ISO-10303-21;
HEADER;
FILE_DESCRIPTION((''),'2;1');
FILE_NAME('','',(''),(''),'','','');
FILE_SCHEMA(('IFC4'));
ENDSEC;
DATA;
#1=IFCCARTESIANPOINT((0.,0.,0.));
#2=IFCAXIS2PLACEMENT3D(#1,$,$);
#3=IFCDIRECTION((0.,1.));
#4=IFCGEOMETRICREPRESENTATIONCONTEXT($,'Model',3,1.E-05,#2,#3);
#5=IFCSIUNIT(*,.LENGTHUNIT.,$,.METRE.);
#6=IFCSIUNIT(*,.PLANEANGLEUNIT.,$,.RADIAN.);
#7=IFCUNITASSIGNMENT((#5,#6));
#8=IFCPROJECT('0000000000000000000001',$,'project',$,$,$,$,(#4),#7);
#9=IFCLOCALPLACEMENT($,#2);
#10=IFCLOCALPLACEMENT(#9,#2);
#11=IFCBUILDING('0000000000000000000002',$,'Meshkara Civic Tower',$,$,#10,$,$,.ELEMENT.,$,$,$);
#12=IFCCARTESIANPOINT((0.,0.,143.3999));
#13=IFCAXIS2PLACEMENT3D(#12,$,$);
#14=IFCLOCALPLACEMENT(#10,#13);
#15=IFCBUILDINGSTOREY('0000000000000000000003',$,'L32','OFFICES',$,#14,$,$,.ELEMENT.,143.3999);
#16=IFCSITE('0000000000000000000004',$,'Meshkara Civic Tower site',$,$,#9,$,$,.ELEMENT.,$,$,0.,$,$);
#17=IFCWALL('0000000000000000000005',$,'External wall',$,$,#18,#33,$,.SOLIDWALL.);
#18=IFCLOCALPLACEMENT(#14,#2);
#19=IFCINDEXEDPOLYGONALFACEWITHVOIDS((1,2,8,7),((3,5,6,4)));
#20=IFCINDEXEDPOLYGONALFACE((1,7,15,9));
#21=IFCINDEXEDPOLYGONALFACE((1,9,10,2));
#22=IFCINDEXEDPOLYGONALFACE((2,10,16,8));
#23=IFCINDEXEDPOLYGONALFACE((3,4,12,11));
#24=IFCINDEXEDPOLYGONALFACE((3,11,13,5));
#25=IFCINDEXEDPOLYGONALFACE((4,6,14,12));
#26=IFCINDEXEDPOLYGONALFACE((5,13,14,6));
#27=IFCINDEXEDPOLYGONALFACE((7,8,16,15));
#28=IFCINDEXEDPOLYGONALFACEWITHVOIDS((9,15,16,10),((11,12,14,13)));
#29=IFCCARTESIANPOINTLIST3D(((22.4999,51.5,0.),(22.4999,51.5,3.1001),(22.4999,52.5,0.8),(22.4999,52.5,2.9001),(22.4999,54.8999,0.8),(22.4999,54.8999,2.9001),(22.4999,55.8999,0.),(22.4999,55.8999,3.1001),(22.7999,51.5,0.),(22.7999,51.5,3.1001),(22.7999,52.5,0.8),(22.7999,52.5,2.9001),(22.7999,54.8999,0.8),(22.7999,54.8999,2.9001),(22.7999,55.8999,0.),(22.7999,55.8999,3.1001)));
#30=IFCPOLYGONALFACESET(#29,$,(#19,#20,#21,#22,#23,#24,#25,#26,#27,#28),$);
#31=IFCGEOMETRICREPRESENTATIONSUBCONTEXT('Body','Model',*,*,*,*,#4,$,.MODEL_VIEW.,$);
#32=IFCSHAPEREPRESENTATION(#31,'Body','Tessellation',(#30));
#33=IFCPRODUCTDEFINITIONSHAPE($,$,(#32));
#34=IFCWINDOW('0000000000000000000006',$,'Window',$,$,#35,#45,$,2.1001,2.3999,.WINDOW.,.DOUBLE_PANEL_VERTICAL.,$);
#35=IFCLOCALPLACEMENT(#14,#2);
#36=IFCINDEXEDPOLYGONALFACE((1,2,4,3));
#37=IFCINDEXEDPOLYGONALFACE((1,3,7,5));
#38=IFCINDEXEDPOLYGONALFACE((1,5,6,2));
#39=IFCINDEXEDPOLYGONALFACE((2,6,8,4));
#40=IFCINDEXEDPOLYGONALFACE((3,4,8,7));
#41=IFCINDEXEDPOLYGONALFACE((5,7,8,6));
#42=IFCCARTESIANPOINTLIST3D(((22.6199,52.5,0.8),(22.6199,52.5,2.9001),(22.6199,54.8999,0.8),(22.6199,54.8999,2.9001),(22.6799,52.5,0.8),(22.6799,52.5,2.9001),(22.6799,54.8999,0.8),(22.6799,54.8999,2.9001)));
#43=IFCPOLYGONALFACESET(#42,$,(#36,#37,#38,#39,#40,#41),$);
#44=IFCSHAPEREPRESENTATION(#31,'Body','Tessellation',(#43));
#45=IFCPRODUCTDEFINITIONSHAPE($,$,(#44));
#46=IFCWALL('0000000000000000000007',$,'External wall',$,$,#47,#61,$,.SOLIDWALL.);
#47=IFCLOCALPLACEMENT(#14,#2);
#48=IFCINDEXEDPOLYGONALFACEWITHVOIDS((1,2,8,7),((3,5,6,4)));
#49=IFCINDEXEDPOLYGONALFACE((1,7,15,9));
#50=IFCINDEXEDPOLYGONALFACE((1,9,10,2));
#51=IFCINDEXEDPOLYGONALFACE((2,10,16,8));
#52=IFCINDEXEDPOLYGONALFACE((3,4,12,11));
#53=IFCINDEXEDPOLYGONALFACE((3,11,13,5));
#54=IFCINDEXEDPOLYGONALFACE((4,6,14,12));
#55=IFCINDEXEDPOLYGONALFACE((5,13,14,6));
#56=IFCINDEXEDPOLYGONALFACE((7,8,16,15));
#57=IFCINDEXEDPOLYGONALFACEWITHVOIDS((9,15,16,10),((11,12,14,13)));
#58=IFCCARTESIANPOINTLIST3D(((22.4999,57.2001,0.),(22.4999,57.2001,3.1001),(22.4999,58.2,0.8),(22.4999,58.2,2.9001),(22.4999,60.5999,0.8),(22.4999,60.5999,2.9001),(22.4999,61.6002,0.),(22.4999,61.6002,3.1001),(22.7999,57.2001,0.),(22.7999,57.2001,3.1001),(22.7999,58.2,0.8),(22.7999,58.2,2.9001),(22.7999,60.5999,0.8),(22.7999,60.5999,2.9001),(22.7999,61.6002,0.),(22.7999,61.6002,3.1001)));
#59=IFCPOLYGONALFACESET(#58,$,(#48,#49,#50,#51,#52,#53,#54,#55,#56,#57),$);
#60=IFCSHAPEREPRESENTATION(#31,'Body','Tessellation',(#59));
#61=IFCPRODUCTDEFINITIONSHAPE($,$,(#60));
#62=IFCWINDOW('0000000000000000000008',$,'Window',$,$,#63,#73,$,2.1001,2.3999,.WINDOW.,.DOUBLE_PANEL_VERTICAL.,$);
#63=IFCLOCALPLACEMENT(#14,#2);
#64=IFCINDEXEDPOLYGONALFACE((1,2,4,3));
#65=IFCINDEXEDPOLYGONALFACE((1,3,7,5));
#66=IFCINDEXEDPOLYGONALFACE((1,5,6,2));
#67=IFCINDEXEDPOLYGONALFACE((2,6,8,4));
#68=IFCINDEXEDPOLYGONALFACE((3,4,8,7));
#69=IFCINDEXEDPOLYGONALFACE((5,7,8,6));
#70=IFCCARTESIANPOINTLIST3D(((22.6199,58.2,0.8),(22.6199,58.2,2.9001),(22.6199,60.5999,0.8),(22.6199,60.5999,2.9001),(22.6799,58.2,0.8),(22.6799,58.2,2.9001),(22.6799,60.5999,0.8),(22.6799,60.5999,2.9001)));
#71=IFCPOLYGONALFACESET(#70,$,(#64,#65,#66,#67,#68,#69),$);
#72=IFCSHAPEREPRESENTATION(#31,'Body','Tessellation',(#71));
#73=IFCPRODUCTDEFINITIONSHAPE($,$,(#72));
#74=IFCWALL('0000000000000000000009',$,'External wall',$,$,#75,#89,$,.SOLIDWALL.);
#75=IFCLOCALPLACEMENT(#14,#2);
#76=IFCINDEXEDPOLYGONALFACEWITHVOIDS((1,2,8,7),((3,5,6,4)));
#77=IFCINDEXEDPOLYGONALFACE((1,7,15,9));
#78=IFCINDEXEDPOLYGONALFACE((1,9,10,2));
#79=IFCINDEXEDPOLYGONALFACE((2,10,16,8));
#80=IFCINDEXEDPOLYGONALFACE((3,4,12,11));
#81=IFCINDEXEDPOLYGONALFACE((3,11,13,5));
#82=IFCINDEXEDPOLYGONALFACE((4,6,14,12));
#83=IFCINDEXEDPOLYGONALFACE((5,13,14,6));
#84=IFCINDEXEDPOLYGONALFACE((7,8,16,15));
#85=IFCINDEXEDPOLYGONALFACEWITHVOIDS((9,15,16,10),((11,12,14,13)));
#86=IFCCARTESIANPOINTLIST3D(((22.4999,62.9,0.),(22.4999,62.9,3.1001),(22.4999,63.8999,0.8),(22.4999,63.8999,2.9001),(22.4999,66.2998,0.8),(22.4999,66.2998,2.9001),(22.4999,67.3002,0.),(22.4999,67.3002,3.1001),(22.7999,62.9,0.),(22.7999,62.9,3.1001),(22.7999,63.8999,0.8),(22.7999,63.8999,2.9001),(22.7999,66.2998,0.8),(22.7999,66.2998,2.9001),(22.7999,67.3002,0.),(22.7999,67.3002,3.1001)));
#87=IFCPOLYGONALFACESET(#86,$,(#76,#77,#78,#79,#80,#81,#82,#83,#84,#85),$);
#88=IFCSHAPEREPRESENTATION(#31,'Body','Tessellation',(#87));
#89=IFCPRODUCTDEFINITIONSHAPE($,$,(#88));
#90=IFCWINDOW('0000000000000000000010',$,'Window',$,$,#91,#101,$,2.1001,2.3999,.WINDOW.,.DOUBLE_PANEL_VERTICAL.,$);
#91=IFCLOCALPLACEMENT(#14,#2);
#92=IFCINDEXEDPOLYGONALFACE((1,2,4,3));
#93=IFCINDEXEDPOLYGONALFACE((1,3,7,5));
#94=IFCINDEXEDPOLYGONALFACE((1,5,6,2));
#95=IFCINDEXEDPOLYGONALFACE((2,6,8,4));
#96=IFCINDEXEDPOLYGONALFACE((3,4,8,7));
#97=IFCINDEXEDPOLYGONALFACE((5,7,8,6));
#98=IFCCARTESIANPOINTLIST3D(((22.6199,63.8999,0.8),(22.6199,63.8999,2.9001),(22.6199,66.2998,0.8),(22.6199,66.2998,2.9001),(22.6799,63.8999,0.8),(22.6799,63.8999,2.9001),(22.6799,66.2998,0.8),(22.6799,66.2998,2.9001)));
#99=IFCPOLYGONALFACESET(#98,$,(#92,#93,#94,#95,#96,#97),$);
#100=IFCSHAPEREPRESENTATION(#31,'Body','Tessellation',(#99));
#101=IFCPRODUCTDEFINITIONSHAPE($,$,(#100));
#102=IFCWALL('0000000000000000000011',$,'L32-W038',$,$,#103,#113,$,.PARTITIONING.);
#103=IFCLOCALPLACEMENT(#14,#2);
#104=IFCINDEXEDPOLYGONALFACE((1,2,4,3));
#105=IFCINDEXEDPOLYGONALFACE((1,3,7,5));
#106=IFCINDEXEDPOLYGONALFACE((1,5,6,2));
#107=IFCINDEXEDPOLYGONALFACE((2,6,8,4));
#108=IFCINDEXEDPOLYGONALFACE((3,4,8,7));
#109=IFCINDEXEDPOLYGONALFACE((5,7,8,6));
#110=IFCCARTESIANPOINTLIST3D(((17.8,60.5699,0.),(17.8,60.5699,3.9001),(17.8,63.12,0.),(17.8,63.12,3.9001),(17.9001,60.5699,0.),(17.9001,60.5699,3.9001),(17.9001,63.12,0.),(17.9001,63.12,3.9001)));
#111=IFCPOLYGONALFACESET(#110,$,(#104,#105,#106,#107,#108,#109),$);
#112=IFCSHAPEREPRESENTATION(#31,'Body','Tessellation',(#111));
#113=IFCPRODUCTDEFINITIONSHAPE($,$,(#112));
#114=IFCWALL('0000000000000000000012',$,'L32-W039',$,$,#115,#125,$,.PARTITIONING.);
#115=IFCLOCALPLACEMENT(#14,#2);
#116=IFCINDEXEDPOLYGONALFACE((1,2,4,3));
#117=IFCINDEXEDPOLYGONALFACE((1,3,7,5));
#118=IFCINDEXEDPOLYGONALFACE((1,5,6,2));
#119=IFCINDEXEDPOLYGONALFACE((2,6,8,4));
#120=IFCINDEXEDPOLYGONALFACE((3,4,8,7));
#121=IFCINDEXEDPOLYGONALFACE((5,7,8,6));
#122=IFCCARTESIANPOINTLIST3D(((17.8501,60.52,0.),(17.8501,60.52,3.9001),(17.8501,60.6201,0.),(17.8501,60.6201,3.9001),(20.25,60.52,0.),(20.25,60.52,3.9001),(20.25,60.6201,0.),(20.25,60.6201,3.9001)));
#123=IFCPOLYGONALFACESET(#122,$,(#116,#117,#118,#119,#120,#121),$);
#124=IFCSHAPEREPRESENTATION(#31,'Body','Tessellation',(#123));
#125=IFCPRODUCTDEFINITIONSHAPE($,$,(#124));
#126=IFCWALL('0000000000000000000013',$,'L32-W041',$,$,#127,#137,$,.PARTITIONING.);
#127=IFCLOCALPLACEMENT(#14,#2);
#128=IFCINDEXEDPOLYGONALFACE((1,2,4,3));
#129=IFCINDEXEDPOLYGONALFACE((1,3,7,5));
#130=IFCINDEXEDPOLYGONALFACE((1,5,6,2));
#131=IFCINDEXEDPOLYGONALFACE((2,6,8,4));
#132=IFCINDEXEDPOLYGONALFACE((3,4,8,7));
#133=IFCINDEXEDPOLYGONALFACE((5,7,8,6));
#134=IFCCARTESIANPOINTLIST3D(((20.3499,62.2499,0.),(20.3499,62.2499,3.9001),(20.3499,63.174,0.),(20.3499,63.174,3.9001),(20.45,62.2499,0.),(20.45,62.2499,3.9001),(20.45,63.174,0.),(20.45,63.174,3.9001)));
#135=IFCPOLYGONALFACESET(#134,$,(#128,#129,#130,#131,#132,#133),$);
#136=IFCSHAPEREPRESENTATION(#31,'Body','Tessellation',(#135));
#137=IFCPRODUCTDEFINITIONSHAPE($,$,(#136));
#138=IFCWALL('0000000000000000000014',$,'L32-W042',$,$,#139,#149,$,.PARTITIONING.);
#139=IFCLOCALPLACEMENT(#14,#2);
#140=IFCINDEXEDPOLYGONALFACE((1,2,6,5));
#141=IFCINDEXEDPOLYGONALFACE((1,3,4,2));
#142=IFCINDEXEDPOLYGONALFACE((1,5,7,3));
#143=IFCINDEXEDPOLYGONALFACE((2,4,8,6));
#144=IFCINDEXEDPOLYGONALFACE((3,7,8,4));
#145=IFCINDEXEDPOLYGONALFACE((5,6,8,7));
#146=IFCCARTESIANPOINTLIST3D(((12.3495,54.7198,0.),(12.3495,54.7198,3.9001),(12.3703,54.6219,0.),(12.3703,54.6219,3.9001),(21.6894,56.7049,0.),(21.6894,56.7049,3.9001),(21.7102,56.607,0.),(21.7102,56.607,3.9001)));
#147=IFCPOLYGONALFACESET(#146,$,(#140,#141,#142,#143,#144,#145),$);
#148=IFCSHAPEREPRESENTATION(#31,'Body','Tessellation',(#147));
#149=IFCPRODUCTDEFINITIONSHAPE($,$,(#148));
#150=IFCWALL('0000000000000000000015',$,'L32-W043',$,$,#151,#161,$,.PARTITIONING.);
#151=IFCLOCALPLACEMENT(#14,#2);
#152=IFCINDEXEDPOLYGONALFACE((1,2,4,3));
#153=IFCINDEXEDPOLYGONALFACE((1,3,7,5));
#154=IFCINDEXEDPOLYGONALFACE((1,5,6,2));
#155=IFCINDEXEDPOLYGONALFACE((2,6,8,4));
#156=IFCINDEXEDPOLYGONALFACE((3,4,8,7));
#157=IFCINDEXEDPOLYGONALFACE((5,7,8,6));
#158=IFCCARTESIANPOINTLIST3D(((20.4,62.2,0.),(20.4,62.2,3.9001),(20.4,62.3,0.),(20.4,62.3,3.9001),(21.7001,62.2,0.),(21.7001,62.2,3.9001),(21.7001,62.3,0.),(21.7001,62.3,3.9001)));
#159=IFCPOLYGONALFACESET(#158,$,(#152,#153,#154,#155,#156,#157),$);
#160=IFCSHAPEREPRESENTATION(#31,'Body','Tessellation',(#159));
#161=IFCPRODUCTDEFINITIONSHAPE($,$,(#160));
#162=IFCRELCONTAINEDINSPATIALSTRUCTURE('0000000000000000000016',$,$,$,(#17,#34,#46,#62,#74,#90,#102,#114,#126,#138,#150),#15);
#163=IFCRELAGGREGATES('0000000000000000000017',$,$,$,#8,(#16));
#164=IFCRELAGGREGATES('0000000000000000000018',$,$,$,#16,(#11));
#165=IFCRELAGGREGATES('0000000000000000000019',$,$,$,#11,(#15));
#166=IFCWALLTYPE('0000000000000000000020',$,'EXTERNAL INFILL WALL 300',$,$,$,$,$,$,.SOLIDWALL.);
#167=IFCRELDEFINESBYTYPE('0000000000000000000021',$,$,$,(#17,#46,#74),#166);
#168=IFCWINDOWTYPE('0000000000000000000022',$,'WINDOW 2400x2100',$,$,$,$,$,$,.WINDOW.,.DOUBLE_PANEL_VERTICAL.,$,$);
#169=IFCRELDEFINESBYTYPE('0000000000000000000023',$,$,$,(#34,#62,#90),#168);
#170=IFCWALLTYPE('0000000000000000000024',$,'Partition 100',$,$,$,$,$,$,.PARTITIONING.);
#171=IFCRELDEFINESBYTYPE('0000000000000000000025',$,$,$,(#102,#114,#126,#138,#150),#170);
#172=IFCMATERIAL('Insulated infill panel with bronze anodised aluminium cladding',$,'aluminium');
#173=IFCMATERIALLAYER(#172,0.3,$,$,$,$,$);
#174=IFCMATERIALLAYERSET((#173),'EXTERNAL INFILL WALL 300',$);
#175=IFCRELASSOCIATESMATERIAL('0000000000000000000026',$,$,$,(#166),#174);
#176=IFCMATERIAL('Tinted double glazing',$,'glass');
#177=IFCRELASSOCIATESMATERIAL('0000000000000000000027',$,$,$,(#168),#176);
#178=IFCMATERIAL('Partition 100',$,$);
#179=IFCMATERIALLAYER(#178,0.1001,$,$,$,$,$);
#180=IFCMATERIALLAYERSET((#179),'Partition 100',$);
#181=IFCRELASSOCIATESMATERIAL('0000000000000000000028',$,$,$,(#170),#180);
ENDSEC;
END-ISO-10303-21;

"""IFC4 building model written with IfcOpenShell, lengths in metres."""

from ifc_helpers import new_model, si_unit, direction, frame, frame_2d, origin, place, context, subcontext, project, spatial, rectangle, extrude, material, layer, layer_set, type_object, element, fill, save


model = new_model("IFC4")

# Units and contexts
model_context = context("Model", 3, precision=1e-05, world=origin(), true_north=direction((0.0, 1.0)))
body_context = subcontext(model_context, "Body", "Model", "MODEL_VIEW")
ifc_project = project(units=[si_unit("LENGTHUNIT", "METRE"), si_unit("PLANEANGLEUNIT", "RADIAN")], contexts=[model_context])

# Site, building, storey
site_placement = place(None, origin())
site = spatial("IfcSite", under=ifc_project, at=site_placement, Name="Meshkara Civic Tower site", CompositionType="ELEMENT", RefElevation=0.0)
building_placement = place(site_placement, origin())
building = spatial("IfcBuilding", under=site, at=building_placement, Name="Meshkara Civic Tower", CompositionType="ELEMENT")
storey_placement = place(building_placement, frame((0.0, 0.0, 143.3999)))
storey = spatial("IfcBuildingStorey", under=building, at=storey_placement, Name="L32", Description="OFFICES", CompositionType="ELEMENT", Elevation=143.3999)

# Walls, openings, windows
ifc_material_1 = material(Name="Insulated infill panel with bronze anodised aluminium cladding", Category="aluminium")
ifc_layer_1 = layer(ifc_material_1, 0.3)
ifc_layer_set_1 = layer_set([ifc_layer_1], Name="EXTERNAL INFILL WALL 300")
wall_type_1 = type_object("IfcWallType", Name="EXTERNAL INFILL WALL 300", PredefinedType="SOLIDWALL", material=ifc_layer_set_1)
ifc_material_2 = material(Name="Tinted double glazing", Category="glass")
window_type = type_object("IfcWindowType", Name="WINDOW 2400x2100", PartitioningType="DOUBLE_PANEL_VERTICAL", PredefinedType="WINDOW", material=ifc_material_2)
wall_1_placement = place(storey_placement, frame((22.6499, 51.5, 0.0), z_axis=(0.0, 0.0, 1.0), x_axis=(0.0, 1.0, 0.0)))
wall_1 = element("IfcWall", 1, at=wall_1_placement, inside=storey, type_object=wall_type_1, Name="External wall", PredefinedType="SOLIDWALL", context=body_context, shape_type="SweptSolid", body=[
    extrude(rectangle(XDim=4.3999, YDim=0.3, at=frame_2d((2.2, 0.0))), origin(), (0.0, 0.0, 1.0), 3.1001),
])
opening_1_placement = place(wall_1_placement, frame((1.0, 0.0, 0.8)))
opening_1 = element("IfcOpeningElement", 2, at=opening_1_placement, cuts=wall_1, PredefinedType="OPENING", context=body_context, shape_type="SweptSolid", body=[
    extrude(rectangle(XDim=2.3999, YDim=2.1001, at=frame_2d((1.2, 1.05))), frame((0.0, 0.1599, 0.0), z_axis=(0.0, -1.0, 0.0), x_axis=(1.0, 0.0, 0.0)), (0.0, 0.0, 1.0), 0.3201),
])
window_1_placement = place(opening_1_placement, origin())
window_1 = element("IfcWindow", 3, at=window_1_placement, inside=storey, type_object=window_type, Name="Window", OverallHeight=2.1001, OverallWidth=2.3999, PartitioningType="DOUBLE_PANEL_VERTICAL", PredefinedType="WINDOW", context=body_context, shape_type="SweptSolid", body=[
    extrude(rectangle(XDim=2.3999, YDim=2.1001, at=frame_2d((1.2, 1.05))), frame((0.0, 0.03, 0.0), z_axis=(0.0, -1.0, 0.0), x_axis=(1.0, 0.0, 0.0)), (0.0, 0.0, 1.0), 0.0601),
])
fill(opening_1, window_1)
wall_2_placement = place(storey_placement, frame((22.6499, 57.2, 0.0), z_axis=(0.0, 0.0, 1.0), x_axis=(0.0, 1.0, 0.0)))
wall_2 = element("IfcWall", 4, at=wall_2_placement, inside=storey, type_object=wall_type_1, Name="External wall", PredefinedType="SOLIDWALL", context=body_context, shape_type="SweptSolid", body=[
    extrude(rectangle(XDim=4.4001, YDim=0.3, at=frame_2d((2.2002, 0.0))), origin(), (0.0, 0.0, 1.0), 3.1001),
])
opening_2_placement = place(wall_2_placement, frame((1.0, 0.0, 0.8)))
opening_2 = element("IfcOpeningElement", 5, at=opening_2_placement, cuts=wall_2, PredefinedType="OPENING", context=body_context, shape_type="SweptSolid", body=[
    extrude(rectangle(XDim=2.3999, YDim=2.1001, at=frame_2d((1.2, 1.05))), frame((0.0, 0.1599, 0.0), z_axis=(0.0, -1.0, 0.0), x_axis=(1.0, 0.0, 0.0)), (0.0, 0.0, 1.0), 0.3201),
])
window_2_placement = place(opening_2_placement, origin())
window_2 = element("IfcWindow", 6, at=window_2_placement, inside=storey, type_object=window_type, Name="Window", OverallHeight=2.1001, OverallWidth=2.3999, PartitioningType="DOUBLE_PANEL_VERTICAL", PredefinedType="WINDOW", context=body_context, shape_type="SweptSolid", body=[
    extrude(rectangle(XDim=2.3999, YDim=2.1001, at=frame_2d((1.2, 1.05))), frame((0.0, 0.03, 0.0), z_axis=(0.0, -1.0, 0.0), x_axis=(1.0, 0.0, 0.0)), (0.0, 0.0, 1.0), 0.0601),
])
fill(opening_2, window_2)
wall_3_placement = place(storey_placement, frame((22.6499, 62.8999, 0.0), z_axis=(0.0, 0.0, 1.0), x_axis=(0.0, 1.0, 0.0)))
wall_3 = element("IfcWall", 7, at=wall_3_placement, inside=storey, type_object=wall_type_1, Name="External wall", PredefinedType="SOLIDWALL", context=body_context, shape_type="SweptSolid", body=[
    extrude(rectangle(XDim=4.4001, YDim=0.3, at=frame_2d((2.2002, 0.0))), origin(), (0.0, 0.0, 1.0), 3.1001),
])
opening_3_placement = place(wall_3_placement, frame((1.0, 0.0, 0.8)))
opening_3 = element("IfcOpeningElement", 8, at=opening_3_placement, cuts=wall_3, PredefinedType="OPENING", context=body_context, shape_type="SweptSolid", body=[
    extrude(rectangle(XDim=2.3999, YDim=2.1001, at=frame_2d((1.2, 1.05))), frame((0.0, 0.1599, 0.0), z_axis=(0.0, -1.0, 0.0), x_axis=(1.0, 0.0, 0.0)), (0.0, 0.0, 1.0), 0.3201),
])
window_3_placement = place(opening_3_placement, origin())
window_3 = element("IfcWindow", 9, at=window_3_placement, inside=storey, type_object=window_type, Name="Window", OverallHeight=2.1001, OverallWidth=2.3999, PartitioningType="DOUBLE_PANEL_VERTICAL", PredefinedType="WINDOW", context=body_context, shape_type="SweptSolid", body=[
    extrude(rectangle(XDim=2.3999, YDim=2.1001, at=frame_2d((1.2, 1.05))), frame((0.0, 0.03, 0.0), z_axis=(0.0, -1.0, 0.0), x_axis=(1.0, 0.0, 0.0)), (0.0, 0.0, 1.0), 0.0601),
])
fill(opening_3, window_3)

# Walls
ifc_material_3 = material(Name="Partition 100")
ifc_layer_2 = layer(ifc_material_3, 0.1001)
ifc_layer_set_2 = layer_set([ifc_layer_2], Name="Partition 100")
wall_type_2 = type_object("IfcWallType", Name="Partition 100", PredefinedType="PARTITIONING", material=ifc_layer_set_2)
wall_4_placement = place(storey_placement, frame((17.8501, 60.5701, 0.0), z_axis=(0.0, 0.0, 1.0), x_axis=(0.0, 1.0, 0.0)))
element("IfcWall", 10, at=wall_4_placement, inside=storey, type_object=wall_type_2, Name="L32-W038", PredefinedType="PARTITIONING", context=body_context, shape_type="SweptSolid", body=[
    extrude(rectangle(XDim=2.55, YDim=0.1001, at=frame_2d((1.2749, 0.0))), origin(), (0.0, 0.0, 1.0), 3.9001),
])
wall_5_placement = place(storey_placement, frame((20.25, 60.5701, 0.0), z_axis=(0.0, 0.0, 1.0), x_axis=(-1.0, 0.0, 0.0)))
element("IfcWall", 11, at=wall_5_placement, inside=storey, type_object=wall_type_2, Name="L32-W039", PredefinedType="PARTITIONING", context=body_context, shape_type="SweptSolid", body=[
    extrude(rectangle(XDim=2.3999, YDim=0.1001, at=frame_2d((1.2, 0.0))), origin(), (0.0, 0.0, 1.0), 3.9001),
])
wall_6_placement = place(storey_placement, frame((20.3999, 62.25, 0.0), z_axis=(0.0, 0.0, 1.0), x_axis=(0.0, 1.0, 0.0)))
element("IfcWall", 12, at=wall_6_placement, inside=storey, type_object=wall_type_2, Name="L32-W041", PredefinedType="PARTITIONING", context=body_context, shape_type="SweptSolid", body=[
    extrude(rectangle(XDim=0.9241, YDim=0.1001, at=frame_2d((0.4619, 0.0))), origin(), (0.0, 0.0, 1.0), 3.9001),
])
wall_7_placement = place(storey_placement, frame((21.7, 56.656, 0.0), z_axis=(0.0, 0.0, 1.0), x_axis=(-0.978151, -0.207898, 0.0)))
element("IfcWall", 13, at=wall_7_placement, inside=storey, type_object=wall_type_2, Name="L32-W042", PredefinedType="PARTITIONING", context=body_context, shape_type="SweptSolid", body=[
    extrude(rectangle(XDim=9.5486, YDim=0.1001, at=frame_2d((4.7744, 0.0))), origin(), (0.0, 0.0, 1.0), 3.9001),
])
wall_8_placement = place(storey_placement, frame((21.7, 62.25, 0.0), z_axis=(0.0, 0.0, 1.0), x_axis=(-1.0, 0.0, 0.0)))
element("IfcWall", 14, at=wall_8_placement, inside=storey, type_object=wall_type_2, Name="L32-W043", PredefinedType="PARTITIONING", context=body_context, shape_type="SweptSolid", body=[
    extrude(rectangle(XDim=1.3, YDim=0.1001, at=frame_2d((0.6499, 0.0))), origin(), (0.0, 0.0, 1.0), 3.9001),
])

save(model, "model.ifc")
